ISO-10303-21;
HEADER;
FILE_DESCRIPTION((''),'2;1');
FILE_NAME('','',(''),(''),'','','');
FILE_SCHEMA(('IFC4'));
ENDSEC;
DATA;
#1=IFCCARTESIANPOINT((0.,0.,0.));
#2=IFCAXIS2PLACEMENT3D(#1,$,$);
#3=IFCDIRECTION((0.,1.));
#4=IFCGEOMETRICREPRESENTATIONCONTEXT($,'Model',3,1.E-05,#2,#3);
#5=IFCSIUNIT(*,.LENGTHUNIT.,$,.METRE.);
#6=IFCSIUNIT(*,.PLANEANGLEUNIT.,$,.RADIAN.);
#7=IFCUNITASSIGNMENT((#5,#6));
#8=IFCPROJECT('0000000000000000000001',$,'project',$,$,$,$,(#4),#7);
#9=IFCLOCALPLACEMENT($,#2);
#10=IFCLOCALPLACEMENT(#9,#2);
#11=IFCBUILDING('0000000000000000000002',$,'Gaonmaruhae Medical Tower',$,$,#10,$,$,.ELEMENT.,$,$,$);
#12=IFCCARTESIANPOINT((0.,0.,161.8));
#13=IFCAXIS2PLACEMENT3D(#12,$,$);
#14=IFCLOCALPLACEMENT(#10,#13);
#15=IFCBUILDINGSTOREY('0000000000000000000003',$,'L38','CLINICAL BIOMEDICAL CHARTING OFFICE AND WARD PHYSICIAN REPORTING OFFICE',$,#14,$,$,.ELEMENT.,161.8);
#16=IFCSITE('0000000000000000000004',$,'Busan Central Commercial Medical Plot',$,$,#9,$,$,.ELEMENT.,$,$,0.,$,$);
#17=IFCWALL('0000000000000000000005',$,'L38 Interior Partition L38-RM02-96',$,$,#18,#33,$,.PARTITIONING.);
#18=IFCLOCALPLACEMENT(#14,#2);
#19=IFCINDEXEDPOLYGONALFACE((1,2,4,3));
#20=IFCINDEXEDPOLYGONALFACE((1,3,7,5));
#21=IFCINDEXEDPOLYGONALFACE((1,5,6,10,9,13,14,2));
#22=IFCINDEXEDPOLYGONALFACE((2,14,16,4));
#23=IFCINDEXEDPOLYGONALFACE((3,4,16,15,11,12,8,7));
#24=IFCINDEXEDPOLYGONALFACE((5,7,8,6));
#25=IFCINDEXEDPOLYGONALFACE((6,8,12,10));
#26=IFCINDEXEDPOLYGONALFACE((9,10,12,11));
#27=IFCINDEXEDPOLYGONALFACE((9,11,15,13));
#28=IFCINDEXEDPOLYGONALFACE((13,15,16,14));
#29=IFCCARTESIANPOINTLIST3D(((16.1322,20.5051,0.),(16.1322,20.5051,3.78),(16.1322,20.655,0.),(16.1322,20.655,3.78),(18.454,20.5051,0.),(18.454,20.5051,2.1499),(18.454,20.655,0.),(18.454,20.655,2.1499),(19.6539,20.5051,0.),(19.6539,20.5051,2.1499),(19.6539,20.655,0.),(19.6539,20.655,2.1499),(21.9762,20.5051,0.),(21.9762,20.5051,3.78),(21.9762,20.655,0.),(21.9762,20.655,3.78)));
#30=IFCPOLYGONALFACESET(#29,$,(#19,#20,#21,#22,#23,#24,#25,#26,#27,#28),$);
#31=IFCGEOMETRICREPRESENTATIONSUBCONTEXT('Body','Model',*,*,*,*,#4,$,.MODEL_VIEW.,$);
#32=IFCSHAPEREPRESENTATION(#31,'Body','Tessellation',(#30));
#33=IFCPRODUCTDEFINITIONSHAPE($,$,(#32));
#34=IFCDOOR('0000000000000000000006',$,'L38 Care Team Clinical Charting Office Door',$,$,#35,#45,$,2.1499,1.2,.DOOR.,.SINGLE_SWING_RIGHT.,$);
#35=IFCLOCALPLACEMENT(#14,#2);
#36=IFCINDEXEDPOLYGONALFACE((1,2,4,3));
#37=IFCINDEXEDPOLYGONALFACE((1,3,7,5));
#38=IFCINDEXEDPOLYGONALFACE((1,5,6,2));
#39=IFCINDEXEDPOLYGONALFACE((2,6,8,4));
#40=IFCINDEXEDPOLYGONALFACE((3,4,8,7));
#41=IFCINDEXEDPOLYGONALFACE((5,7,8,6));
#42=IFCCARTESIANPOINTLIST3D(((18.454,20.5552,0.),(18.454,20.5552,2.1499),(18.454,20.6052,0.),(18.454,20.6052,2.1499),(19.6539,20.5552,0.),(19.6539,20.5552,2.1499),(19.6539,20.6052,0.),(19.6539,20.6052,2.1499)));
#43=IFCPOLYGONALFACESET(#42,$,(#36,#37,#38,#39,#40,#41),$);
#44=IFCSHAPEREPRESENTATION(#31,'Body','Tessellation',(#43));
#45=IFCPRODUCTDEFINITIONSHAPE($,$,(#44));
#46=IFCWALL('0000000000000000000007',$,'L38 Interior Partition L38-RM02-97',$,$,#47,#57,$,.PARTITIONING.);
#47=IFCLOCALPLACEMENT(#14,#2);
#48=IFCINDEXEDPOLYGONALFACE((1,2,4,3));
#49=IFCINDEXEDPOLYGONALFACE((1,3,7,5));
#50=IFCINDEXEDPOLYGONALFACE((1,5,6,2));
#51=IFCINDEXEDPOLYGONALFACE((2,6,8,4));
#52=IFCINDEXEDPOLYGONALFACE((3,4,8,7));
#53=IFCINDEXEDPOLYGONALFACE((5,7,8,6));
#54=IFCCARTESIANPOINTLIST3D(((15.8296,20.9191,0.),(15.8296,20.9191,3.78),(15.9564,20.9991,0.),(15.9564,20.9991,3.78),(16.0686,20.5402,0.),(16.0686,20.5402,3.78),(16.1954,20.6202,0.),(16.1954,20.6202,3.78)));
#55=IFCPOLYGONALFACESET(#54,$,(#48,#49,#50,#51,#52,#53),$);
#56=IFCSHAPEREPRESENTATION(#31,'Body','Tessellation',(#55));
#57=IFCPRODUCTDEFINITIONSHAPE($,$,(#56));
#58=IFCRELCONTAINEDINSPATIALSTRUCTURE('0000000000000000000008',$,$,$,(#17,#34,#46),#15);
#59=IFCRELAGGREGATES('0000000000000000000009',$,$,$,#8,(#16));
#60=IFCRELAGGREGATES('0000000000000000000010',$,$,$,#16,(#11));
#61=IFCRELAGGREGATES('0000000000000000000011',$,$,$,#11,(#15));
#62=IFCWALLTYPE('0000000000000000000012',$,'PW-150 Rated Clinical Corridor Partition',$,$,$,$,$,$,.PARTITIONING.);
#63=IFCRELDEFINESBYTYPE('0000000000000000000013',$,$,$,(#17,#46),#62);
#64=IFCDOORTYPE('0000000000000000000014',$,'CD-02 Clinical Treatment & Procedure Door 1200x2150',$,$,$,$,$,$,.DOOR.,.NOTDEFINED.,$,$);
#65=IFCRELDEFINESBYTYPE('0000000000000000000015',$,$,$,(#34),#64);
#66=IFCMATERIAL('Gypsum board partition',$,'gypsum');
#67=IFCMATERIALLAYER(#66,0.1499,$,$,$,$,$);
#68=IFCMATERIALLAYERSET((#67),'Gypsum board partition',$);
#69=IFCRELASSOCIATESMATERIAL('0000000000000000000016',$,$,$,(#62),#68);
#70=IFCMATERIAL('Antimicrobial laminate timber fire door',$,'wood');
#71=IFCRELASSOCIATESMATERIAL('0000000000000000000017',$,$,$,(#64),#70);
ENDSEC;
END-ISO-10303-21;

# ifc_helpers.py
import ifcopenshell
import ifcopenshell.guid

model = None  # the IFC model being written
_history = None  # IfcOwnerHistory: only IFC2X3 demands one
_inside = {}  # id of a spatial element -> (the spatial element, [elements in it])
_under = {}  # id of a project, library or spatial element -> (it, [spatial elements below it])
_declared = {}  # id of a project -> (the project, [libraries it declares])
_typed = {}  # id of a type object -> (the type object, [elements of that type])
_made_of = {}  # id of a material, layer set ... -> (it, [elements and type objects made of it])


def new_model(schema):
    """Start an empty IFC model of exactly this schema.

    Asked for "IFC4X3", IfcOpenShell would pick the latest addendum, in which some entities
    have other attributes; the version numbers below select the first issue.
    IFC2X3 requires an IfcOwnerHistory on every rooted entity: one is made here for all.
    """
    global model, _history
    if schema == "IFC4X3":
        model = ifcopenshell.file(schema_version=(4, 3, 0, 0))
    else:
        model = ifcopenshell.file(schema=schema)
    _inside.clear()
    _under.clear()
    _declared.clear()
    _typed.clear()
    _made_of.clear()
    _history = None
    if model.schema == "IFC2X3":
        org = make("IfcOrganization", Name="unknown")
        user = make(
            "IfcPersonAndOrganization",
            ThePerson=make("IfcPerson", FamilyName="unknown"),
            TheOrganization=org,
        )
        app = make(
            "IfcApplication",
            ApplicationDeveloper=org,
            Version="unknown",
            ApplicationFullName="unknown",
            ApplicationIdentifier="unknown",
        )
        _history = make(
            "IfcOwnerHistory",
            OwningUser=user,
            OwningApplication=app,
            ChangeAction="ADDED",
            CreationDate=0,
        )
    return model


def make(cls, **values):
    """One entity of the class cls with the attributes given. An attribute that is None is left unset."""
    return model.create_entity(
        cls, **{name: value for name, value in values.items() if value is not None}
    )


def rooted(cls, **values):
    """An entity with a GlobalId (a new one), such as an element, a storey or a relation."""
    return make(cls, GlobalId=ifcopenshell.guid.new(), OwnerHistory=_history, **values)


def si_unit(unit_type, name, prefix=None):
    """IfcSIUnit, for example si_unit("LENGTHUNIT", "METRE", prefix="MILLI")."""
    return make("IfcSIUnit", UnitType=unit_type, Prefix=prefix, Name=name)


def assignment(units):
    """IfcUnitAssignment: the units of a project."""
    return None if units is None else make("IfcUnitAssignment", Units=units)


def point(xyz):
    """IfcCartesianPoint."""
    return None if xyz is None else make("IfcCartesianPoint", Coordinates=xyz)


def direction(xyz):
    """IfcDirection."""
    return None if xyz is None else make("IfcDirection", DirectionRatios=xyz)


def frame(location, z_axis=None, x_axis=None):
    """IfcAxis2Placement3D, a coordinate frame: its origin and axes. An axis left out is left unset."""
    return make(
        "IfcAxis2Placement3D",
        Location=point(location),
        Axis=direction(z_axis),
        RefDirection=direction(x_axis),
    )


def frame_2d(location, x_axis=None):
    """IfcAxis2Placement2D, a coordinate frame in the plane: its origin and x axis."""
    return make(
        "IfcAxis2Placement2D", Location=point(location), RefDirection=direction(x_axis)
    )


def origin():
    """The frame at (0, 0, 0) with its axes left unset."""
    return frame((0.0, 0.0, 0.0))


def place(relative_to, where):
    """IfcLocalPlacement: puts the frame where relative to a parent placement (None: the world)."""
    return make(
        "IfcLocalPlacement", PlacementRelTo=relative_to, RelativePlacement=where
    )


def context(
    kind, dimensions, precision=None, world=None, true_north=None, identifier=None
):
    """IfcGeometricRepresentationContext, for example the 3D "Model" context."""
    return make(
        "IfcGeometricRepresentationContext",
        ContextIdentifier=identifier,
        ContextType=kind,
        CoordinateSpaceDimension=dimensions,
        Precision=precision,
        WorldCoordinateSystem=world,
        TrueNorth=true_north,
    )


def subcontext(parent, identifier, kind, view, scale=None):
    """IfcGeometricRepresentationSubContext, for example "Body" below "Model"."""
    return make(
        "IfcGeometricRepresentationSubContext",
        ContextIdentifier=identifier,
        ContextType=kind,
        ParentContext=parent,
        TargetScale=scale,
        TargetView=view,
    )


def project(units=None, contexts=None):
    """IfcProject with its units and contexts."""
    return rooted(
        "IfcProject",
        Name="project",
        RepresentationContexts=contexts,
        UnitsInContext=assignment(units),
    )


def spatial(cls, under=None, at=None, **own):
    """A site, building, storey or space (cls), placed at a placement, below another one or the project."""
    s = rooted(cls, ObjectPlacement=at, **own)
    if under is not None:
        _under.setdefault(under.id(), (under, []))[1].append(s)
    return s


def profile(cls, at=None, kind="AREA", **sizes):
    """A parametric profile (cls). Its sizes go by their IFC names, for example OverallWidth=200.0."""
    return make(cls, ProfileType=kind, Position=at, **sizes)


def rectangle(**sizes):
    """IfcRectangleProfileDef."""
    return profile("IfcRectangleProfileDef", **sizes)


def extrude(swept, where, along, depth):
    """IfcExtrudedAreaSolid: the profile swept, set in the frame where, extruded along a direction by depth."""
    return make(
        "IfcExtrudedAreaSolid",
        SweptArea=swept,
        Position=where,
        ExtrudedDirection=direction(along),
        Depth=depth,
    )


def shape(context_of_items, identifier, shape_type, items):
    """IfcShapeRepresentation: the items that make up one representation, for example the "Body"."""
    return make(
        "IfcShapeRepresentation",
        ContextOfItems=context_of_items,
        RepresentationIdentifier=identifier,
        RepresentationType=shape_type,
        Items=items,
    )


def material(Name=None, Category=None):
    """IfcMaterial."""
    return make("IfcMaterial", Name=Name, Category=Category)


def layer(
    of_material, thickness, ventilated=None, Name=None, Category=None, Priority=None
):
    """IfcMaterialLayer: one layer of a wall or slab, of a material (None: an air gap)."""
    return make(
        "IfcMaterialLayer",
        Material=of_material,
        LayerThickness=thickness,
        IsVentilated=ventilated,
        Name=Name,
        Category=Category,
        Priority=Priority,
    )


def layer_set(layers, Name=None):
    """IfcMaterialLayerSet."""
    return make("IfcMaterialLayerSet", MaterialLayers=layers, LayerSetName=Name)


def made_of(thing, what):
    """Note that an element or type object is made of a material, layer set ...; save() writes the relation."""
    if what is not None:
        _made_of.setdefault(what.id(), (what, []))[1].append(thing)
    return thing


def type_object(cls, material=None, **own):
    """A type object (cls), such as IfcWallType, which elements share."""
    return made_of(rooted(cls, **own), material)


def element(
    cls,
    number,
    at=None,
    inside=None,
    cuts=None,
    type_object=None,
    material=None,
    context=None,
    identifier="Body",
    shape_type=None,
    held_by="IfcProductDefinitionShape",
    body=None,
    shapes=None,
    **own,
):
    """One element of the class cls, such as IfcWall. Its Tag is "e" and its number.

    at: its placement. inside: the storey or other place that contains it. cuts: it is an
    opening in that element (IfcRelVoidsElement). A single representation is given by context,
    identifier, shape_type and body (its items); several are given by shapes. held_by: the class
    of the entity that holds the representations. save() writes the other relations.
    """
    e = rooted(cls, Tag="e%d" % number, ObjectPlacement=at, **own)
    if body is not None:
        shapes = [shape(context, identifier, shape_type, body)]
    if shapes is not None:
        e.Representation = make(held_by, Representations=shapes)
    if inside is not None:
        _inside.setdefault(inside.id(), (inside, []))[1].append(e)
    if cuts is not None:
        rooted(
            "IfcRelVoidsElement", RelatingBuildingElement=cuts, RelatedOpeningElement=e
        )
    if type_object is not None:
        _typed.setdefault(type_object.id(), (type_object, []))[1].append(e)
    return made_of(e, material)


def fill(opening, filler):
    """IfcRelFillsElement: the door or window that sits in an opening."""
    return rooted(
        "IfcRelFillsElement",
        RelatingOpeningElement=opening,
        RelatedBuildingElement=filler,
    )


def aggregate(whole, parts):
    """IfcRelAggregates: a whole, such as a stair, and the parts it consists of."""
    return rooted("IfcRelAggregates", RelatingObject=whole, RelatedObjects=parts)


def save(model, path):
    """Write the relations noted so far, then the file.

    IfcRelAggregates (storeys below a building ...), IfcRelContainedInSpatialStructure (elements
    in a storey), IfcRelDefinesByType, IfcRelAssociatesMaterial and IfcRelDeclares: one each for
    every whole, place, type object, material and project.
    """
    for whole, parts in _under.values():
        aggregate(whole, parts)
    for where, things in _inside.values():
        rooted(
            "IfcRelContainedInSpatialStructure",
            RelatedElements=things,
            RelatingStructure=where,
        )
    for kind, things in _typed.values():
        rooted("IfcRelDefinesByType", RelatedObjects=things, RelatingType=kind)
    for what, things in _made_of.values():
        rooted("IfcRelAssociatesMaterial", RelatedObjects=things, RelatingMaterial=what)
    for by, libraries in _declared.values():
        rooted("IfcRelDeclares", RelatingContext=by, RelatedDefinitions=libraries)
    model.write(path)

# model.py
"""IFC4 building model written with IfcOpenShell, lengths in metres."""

from ifc_helpers import new_model, si_unit, direction, frame, frame_2d, origin, place, context, subcontext, project, spatial, rectangle, extrude, material, layer, layer_set, type_object, element, fill, save


model = new_model("IFC4")

# Units and contexts
model_context = context("Model", 3, precision=1e-05, world=origin(), true_north=direction((0.0, 1.0)))
body_context = subcontext(model_context, "Body", "Model", "MODEL_VIEW")
ifc_project = project(units=[si_unit("LENGTHUNIT", "METRE"), si_unit("PLANEANGLEUNIT", "RADIAN")], contexts=[model_context])

# Site, building, storey
site_placement = place(None, origin())
site = spatial("IfcSite", under=ifc_project, at=site_placement, Name="Busan Central Commercial Medical Plot", CompositionType="ELEMENT", RefElevation=0.0)
building_placement = place(site_placement, origin())
building = spatial("IfcBuilding", under=site, at=building_placement, Name="Gaonmaruhae Medical Tower", CompositionType="ELEMENT")
storey_placement = place(building_placement, frame((0.0, 0.0, 161.8)))
storey = spatial("IfcBuildingStorey", under=building, at=storey_placement, Name="L38", Description="CLINICAL BIOMEDICAL CHARTING OFFICE AND WARD PHYSICIAN REPORTING OFFICE", CompositionType="ELEMENT", Elevation=161.8)

# Shared definitions
ifc_material_1 = material(Name="Gypsum board partition", Category="gypsum")
ifc_layer_1 = layer(ifc_material_1, 0.1499)
ifc_layer_set_1 = layer_set([ifc_layer_1], Name="Gypsum board partition")
wall_type = type_object("IfcWallType", Name="PW-150 Rated Clinical Corridor Partition", PredefinedType="PARTITIONING", material=ifc_layer_set_1)

# Shared definitions
ifc_material_2 = material(Name="Antimicrobial laminate timber fire door", Category="wood")

# Wall, opening, door
wall_1_placement = place(storey_placement, frame((21.9761, 20.5801, 0.0), z_axis=(0.0, 0.0, 1.0), x_axis=(-1.0, 0.0, 0.0)))
wall_1 = element("IfcWall", 1, at=wall_1_placement, inside=storey, type_object=wall_type, Name="L38 Interior Partition L38-RM02-96", PredefinedType="PARTITIONING", context=body_context, shape_type="SweptSolid", body=[
    extrude(rectangle(XDim=5.844, YDim=0.1499, at=frame_2d((2.9219, 0.0))), origin(), (0.0, 0.0, 1.0), 3.78),
])
opening_1_placement = place(wall_1_placement, frame((2.322, 0.0, 0.0)))
opening_1 = element("IfcOpeningElement", 2, at=opening_1_placement, cuts=wall_1, PredefinedType="OPENING", context=body_context, shape_type="SweptSolid", body=[
    extrude(rectangle(XDim=1.2, YDim=2.1499, at=frame_2d((0.6001, 1.075))), frame((0.0, 0.085, 0.0), z_axis=(0.0, -1.0, 0.0), x_axis=(1.0, 0.0, 0.0)), (0.0, 0.0, 1.0), 0.1699),
])
door_type_1 = type_object("IfcDoorType", Name="CD-02 Clinical Treatment & Procedure Door 1200x2150", OperationType="NOTDEFINED", PredefinedType="DOOR", material=ifc_material_2)
door_1_placement = place(opening_1_placement, origin())
door_1 = element("IfcDoor", 3, at=door_1_placement, inside=storey, type_object=door_type_1, Name="L38 Care Team Clinical Charting Office Door", OperationType="SINGLE_SWING_RIGHT", OverallHeight=2.1499, OverallWidth=1.2, PredefinedType="DOOR", context=body_context, shape_type="SweptSolid", body=[
    extrude(rectangle(XDim=1.2, YDim=2.1499, at=frame_2d((0.6001, 1.075))), frame((0.0, 0.0249, 0.0), z_axis=(0.0, -1.0, 0.0), x_axis=(1.0, 0.0, 0.0)), (0.0, 0.0, 1.0), 0.05),
])
fill(opening_1, door_1)

# Wall
wall_2_placement = place(storey_placement, frame((16.1321, 20.5801, 0.0), z_axis=(0.0, 0.0, 1.0), x_axis=(-0.533521, 0.845787, 0.0)))
element("IfcWall", 4, at=wall_2_placement, inside=storey, type_object=wall_type, Name="L38 Interior Partition L38-RM02-97", PredefinedType="PARTITIONING", context=body_context, shape_type="SweptSolid", body=[
    extrude(rectangle(XDim=0.448, YDim=0.1499, at=frame_2d((0.2241, 0.0))), origin(), (0.0, 0.0, 1.0), 3.78),
])

save(model, "model.ifc")
